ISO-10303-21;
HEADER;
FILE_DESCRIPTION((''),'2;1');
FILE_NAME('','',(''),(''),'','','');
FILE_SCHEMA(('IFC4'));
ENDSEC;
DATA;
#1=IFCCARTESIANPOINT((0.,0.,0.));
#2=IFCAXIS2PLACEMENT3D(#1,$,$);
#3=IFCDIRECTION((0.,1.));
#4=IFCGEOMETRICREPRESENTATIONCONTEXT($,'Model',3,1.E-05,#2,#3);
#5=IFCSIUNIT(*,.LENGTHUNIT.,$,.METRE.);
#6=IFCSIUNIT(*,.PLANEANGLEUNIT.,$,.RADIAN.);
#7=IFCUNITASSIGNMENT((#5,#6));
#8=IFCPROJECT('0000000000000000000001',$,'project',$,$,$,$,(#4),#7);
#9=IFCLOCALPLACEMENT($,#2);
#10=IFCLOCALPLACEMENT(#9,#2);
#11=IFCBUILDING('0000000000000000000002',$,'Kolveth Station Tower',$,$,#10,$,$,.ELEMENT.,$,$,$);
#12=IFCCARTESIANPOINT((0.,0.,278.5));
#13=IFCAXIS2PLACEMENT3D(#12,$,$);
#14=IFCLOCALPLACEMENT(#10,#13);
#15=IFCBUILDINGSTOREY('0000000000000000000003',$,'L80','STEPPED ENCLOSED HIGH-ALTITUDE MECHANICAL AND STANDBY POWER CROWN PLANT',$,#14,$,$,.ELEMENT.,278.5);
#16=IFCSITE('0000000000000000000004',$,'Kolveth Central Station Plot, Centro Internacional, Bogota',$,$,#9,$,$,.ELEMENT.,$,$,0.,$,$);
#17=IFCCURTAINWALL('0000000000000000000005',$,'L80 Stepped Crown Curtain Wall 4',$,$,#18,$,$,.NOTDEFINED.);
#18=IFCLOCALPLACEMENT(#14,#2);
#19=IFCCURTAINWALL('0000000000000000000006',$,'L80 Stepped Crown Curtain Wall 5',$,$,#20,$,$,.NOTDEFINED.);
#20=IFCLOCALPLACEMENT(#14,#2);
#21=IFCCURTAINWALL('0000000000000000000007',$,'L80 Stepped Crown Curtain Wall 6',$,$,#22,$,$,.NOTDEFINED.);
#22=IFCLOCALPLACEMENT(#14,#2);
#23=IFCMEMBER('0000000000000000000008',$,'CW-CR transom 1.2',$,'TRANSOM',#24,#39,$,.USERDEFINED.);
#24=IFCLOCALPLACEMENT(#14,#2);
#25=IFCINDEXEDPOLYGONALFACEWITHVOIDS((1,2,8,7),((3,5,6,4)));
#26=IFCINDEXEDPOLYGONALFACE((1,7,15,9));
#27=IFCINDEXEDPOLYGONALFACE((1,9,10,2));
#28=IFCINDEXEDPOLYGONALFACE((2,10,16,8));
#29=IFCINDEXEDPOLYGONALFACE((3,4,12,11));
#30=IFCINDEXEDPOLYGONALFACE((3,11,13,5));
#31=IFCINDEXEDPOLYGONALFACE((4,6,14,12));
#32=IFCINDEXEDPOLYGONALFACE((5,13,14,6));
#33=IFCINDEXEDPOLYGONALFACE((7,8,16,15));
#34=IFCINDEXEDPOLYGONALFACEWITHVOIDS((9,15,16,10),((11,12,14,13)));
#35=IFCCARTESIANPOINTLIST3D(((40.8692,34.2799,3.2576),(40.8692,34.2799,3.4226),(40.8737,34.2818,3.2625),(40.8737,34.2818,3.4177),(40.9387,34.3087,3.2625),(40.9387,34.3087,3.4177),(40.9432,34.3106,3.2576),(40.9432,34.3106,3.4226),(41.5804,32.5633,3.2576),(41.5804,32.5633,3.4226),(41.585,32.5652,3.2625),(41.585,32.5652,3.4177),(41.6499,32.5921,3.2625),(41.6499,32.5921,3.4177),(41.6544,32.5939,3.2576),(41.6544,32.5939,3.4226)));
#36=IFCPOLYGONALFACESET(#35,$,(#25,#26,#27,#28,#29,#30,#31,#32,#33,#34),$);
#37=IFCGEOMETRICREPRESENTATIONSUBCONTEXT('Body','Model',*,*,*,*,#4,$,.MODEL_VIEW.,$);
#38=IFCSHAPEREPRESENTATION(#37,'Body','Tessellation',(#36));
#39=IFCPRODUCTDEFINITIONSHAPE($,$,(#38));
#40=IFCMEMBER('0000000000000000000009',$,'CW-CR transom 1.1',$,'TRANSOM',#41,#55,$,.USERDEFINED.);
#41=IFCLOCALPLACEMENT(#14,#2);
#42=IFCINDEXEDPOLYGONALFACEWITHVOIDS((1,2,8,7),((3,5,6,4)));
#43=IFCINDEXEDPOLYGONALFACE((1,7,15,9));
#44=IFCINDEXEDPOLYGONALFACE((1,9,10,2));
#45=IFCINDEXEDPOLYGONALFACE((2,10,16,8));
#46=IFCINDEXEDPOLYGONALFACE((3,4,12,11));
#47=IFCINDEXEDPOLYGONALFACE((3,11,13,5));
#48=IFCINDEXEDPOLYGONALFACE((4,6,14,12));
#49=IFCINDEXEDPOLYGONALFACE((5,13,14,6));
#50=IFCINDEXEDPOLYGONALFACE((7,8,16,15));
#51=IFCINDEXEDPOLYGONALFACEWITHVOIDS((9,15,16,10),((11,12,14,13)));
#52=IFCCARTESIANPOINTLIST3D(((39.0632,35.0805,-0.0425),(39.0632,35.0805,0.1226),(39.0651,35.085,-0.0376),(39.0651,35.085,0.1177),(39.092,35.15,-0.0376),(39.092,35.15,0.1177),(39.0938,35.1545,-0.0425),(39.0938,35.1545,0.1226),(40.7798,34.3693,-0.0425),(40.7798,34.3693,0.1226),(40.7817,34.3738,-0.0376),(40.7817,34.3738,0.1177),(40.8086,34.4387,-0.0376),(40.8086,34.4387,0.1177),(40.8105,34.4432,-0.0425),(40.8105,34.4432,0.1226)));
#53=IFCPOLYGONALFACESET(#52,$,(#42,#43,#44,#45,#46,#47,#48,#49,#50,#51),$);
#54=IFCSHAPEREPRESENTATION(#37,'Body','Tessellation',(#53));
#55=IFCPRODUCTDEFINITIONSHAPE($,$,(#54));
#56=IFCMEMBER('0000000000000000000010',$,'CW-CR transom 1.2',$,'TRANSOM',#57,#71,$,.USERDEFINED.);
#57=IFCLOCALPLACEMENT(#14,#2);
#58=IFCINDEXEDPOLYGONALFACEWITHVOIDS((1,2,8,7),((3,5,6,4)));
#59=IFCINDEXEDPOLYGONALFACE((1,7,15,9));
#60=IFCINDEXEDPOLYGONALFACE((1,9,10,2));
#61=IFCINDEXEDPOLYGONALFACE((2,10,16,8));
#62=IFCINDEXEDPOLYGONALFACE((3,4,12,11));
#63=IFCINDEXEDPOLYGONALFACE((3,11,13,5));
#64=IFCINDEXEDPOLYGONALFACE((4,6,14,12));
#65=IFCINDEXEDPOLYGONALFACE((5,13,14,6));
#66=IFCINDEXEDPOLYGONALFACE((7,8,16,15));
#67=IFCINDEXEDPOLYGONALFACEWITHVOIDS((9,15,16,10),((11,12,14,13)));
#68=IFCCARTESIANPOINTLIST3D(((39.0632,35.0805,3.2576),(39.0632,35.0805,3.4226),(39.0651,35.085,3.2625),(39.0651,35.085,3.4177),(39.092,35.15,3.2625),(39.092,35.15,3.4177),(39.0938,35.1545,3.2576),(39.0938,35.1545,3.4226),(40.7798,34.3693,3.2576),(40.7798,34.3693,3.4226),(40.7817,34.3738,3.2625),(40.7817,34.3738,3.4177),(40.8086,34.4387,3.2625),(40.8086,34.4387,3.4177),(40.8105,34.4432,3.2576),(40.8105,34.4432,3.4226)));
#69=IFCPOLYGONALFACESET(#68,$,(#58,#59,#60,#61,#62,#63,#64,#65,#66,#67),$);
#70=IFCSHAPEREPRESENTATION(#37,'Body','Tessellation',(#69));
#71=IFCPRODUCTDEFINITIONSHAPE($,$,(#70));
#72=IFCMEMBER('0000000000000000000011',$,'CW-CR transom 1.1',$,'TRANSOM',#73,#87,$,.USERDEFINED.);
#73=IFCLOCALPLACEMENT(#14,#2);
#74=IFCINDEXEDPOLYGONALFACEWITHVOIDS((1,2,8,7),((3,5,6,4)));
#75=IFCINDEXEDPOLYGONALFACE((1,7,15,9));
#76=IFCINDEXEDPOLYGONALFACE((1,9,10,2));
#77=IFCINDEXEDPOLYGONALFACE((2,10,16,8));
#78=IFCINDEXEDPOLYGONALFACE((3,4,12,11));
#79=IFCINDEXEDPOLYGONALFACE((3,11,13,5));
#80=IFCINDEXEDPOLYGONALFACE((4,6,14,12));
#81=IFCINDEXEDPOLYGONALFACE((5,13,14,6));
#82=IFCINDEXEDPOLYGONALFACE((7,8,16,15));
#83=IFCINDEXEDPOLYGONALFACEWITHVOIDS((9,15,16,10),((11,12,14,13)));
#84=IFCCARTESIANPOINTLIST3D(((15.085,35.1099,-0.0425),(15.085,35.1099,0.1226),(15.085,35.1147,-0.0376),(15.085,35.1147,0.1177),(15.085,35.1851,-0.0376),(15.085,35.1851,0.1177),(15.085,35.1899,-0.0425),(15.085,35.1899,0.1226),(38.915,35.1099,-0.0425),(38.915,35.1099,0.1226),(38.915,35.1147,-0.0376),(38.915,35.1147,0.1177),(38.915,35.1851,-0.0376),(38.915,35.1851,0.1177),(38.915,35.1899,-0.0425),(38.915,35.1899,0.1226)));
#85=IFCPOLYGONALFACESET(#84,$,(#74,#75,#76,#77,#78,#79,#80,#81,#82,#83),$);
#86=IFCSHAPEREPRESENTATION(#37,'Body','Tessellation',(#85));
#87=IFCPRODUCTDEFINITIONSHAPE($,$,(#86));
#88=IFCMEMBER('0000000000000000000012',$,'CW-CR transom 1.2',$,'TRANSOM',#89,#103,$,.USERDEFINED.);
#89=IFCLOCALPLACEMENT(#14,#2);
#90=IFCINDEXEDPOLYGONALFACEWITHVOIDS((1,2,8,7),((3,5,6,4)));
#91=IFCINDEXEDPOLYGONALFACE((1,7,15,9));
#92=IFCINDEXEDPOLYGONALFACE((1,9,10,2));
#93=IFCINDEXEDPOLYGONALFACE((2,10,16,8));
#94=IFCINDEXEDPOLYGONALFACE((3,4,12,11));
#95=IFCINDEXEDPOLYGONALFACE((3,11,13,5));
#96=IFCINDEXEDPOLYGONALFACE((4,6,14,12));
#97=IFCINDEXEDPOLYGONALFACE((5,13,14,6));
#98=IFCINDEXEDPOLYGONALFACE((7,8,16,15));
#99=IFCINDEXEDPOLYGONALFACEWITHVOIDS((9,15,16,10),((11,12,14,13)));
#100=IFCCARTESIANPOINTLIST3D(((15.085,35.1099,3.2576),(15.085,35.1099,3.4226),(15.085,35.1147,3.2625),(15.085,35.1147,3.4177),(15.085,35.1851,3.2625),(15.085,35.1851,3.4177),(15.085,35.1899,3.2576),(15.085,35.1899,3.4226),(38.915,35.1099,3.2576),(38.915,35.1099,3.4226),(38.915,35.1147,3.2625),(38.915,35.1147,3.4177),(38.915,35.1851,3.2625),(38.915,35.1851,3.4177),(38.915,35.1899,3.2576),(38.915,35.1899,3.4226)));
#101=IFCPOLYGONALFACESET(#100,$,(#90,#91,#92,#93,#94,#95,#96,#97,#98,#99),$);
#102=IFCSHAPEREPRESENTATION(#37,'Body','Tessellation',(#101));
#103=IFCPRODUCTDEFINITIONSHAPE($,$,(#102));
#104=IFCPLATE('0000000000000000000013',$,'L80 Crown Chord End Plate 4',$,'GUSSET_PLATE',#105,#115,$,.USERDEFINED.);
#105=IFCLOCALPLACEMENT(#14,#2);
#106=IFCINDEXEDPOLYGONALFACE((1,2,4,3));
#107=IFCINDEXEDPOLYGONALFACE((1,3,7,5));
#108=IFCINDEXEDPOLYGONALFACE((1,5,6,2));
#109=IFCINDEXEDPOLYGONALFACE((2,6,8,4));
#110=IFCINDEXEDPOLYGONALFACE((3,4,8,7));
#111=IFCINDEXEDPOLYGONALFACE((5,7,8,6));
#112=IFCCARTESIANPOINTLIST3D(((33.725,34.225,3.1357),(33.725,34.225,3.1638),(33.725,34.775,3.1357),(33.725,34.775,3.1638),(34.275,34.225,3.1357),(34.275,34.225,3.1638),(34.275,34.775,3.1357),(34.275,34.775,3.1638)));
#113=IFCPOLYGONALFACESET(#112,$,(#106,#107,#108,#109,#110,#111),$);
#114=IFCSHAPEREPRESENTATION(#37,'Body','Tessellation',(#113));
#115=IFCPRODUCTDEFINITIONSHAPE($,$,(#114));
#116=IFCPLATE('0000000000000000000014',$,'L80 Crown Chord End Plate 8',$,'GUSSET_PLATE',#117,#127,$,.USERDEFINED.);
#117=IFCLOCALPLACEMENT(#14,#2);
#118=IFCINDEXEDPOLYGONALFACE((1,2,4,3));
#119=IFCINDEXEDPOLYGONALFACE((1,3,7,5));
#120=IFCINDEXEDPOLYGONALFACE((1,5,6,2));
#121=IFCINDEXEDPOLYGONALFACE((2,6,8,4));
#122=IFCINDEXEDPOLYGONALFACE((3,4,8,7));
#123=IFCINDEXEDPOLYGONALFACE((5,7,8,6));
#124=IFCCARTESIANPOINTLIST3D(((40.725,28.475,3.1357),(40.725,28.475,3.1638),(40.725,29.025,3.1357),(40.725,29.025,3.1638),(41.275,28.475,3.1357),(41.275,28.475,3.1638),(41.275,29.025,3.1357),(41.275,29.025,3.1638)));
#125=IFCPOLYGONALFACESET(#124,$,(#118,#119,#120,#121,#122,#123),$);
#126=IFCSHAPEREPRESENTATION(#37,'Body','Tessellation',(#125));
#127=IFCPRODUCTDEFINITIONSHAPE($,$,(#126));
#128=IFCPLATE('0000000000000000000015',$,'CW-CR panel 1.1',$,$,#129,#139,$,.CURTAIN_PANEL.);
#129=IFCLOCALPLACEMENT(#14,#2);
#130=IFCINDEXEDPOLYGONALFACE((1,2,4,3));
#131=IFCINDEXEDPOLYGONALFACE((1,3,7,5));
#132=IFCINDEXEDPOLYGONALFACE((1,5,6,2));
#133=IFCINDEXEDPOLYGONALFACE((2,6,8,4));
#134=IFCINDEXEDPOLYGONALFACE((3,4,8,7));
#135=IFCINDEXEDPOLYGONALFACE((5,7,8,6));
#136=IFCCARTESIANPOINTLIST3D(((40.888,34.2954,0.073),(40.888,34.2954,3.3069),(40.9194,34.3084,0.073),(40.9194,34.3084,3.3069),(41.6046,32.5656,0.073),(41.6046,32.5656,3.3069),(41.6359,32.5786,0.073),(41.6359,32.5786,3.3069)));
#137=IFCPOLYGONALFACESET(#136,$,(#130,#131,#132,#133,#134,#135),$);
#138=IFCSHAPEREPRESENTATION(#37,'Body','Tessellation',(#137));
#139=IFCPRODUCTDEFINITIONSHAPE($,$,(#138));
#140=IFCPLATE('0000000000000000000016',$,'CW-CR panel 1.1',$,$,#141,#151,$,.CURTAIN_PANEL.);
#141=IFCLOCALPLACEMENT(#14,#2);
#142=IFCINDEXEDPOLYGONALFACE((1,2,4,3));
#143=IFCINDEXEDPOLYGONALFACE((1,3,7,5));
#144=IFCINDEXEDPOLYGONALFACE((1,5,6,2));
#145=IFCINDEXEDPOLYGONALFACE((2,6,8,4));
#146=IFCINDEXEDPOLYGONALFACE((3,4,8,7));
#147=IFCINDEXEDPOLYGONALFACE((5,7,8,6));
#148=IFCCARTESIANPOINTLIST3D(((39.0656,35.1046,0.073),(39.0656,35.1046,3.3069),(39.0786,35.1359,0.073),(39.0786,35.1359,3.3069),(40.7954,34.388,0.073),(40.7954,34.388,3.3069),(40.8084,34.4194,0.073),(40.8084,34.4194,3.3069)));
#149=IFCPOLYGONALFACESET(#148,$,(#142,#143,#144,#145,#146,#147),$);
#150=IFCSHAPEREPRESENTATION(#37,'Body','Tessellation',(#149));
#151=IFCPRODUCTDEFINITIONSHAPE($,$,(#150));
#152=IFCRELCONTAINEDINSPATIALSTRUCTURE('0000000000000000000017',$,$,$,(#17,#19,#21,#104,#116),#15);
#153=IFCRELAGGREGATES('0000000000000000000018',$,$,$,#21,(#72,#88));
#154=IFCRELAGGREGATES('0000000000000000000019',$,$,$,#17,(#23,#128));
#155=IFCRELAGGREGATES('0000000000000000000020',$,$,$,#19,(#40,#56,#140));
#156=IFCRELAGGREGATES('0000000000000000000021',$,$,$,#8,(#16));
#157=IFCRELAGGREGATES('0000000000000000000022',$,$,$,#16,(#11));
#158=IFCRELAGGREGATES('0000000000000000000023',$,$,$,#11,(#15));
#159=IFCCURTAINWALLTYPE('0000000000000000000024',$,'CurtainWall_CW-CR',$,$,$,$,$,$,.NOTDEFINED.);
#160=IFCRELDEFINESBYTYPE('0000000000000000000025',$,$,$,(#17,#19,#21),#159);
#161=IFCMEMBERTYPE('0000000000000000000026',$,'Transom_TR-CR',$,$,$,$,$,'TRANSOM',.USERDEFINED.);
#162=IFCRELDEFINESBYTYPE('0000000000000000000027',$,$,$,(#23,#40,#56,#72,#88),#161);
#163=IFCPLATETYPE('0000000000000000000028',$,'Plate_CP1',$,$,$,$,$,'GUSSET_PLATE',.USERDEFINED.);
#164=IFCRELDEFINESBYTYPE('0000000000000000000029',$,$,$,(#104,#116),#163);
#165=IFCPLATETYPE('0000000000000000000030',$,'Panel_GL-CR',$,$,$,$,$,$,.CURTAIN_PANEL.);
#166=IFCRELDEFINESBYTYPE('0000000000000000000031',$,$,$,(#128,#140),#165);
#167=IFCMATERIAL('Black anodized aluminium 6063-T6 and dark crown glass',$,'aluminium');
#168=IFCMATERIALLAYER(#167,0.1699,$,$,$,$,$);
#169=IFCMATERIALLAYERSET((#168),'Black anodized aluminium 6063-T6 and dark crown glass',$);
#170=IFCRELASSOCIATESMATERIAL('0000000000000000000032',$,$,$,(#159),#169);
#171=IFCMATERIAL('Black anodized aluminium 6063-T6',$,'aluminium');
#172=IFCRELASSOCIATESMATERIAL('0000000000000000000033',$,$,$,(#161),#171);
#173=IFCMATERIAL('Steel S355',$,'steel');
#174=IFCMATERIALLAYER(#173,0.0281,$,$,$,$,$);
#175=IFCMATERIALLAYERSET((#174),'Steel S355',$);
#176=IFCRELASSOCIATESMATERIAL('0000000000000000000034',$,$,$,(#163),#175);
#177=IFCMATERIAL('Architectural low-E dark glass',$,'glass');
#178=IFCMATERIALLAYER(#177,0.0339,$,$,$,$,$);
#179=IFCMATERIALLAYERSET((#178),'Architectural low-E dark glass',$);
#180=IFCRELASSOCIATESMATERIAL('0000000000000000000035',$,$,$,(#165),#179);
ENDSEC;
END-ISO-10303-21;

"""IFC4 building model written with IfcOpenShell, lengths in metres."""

from ifc_helpers import new_model, si_unit, direction, frame, origin, origin_2d, place, context, subcontext, project, spatial, rectangle, hollow_rectangle, extrude, source, transform, mapped, material, layer, layer_set, material_profile, profile_set, type_object, element, aggregate, save


model = new_model("IFC4")

# Units and contexts
model_context = context("Model", 3, precision=1e-05, world=origin(), true_north=direction((0.0, 1.0)))
body_context = subcontext(model_context, "Body", "Model", "MODEL_VIEW")
ifc_project = project(units=[si_unit("LENGTHUNIT", "METRE"), si_unit("PLANEANGLEUNIT", "RADIAN")], contexts=[model_context])

# Site, building, storey
site_placement = place(None, origin())
site = spatial("IfcSite", under=ifc_project, at=site_placement, Name="Kolveth Central Station Plot, Centro Internacional, Bogota", CompositionType="ELEMENT", RefElevation=0.0)
building_placement = place(site_placement, origin())
building = spatial("IfcBuilding", under=site, at=building_placement, Name="Kolveth Station Tower", CompositionType="ELEMENT")
storey_placement = place(building_placement, frame((0.0, 0.0, 278.5)))
storey = spatial("IfcBuildingStorey", under=building, at=storey_placement, Name="L80", Description="STEPPED ENCLOSED HIGH-ALTITUDE MECHANICAL AND STANDBY POWER CROWN PLANT", CompositionType="ELEMENT", Elevation=278.5)

# Shared definitions
ifc_material_1 = material(Name="Steel S355", Category="steel")

# Shared definitions
ifc_material_2 = material(Name="Black anodized aluminium 6063-T6 and dark crown glass", Category="aluminium")
ifc_layer_1 = layer(ifc_material_2, 0.1699)
ifc_layer_set_1 = layer_set([ifc_layer_1], Name="Black anodized aluminium 6063-T6 and dark crown glass")
curtain_wall_type = type_object("IfcCurtainWallType", Name="CurtainWall_CW-CR", PredefinedType="NOTDEFINED", material=ifc_layer_set_1)
ifc_material_3 = material(Name="Black anodized aluminium 6063-T6", Category="aluminium")

# Curtain walls
curtain_wall_1_placement = place(storey_placement, origin())
curtain_wall_1 = element("IfcCurtainWall", 1, at=curtain_wall_1_placement, inside=storey, type_object=curtain_wall_type, Name="L80 Stepped Crown Curtain Wall 4", PredefinedType="NOTDEFINED")
curtain_wall_2_placement = place(storey_placement, origin())
curtain_wall_2 = element("IfcCurtainWall", 2, at=curtain_wall_2_placement, inside=storey, type_object=curtain_wall_type, Name="L80 Stepped Crown Curtain Wall 5", PredefinedType="NOTDEFINED")

# Curtain wall
curtain_wall_3_placement = place(storey_placement, origin())
curtain_wall_3 = element("IfcCurtainWall", 3, at=curtain_wall_3_placement, inside=storey, type_object=curtain_wall_type, Name="L80 Stepped Crown Curtain Wall 6", PredefinedType="NOTDEFINED")

# Members
ifc_material_profile_1 = material_profile(ifc_material_3, hollow_rectangle(XDim=0.0801, YDim=0.165, WallThickness=0.0049, at=origin_2d()), Name="ALU-80x165x5")
ifc_profile_set_1 = profile_set([ifc_material_profile_1], Name="Black anodized aluminium 6063-T6")
member_type_1 = type_object("IfcMemberType", Name="Transom_TR-CR", ElementType="TRANSOM", PredefinedType="USERDEFINED", material=ifc_profile_set_1)
shared_shape_1 = source(origin(), body_context, "Body", "SweptSolid", [
    extrude(hollow_rectangle(XDim=0.0801, YDim=0.165, WallThickness=0.0049, at=origin_2d()), origin(), (0.0, 0.0, 1.0), 1.8582),
])
member_1_placement = place(storey_placement, frame((41.6174, 32.5786, 3.3401), z_axis=(-0.382758, 0.923849, 0.0), x_axis=(-0.923849, -0.382758, 0.0)))
member_1 = element("IfcMember", 4, at=member_1_placement, type_object=member_type_1, Name="CW-CR transom 1.2", ObjectType="TRANSOM", PredefinedType="USERDEFINED", context=body_context, shape_type="MappedRepresentation", body=[
    mapped(shared_shape_1, transform((0.0, 0.0, 0.0), x_axis=(1.0, 0.0, 0.0), y_axis=(0.0, 1.0, 0.0), z_axis=(0.0, 0.0, 1.0), scale=1.0)),
])
member_2_placement = place(storey_placement, frame((40.7952, 34.4062, 0.04), z_axis=(-0.923849, 0.382758, 0.0), x_axis=(-0.382758, -0.923849, 0.0)))
member_2 = element("IfcMember", 5, at=member_2_placement, type_object=member_type_1, Name="CW-CR transom 1.1", ObjectType="TRANSOM", PredefinedType="USERDEFINED", context=body_context, shape_type="MappedRepresentation", body=[
    mapped(shared_shape_1, transform((0.0, 0.0, 0.0), x_axis=(1.0, 0.0, 0.0), y_axis=(0.0, 1.0, 0.0), z_axis=(0.0, 0.0, 1.0), scale=1.0)),
])
member_3_placement = place(storey_placement, frame((40.7952, 34.4062, 3.3401), z_axis=(-0.923849, 0.382758, 0.0), x_axis=(-0.382758, -0.923849, 0.0)))
member_3 = element("IfcMember", 6, at=member_3_placement, type_object=member_type_1, Name="CW-CR transom 1.2", ObjectType="TRANSOM", PredefinedType="USERDEFINED", context=body_context, shape_type="MappedRepresentation", body=[
    mapped(shared_shape_1, transform((0.0, 0.0, 0.0), x_axis=(1.0, 0.0, 0.0), y_axis=(0.0, 1.0, 0.0), z_axis=(0.0, 0.0, 1.0), scale=1.0)),
])
shared_shape_2 = source(origin(), body_context, "Body", "SweptSolid", [
    extrude(hollow_rectangle(XDim=0.0801, YDim=0.165, WallThickness=0.0049, at=origin_2d()), origin(), (0.0, 0.0, 1.0), 23.8301),
])
member_4_placement = place(storey_placement, frame((38.915, 35.1499, 0.04), z_axis=(-1.0, 0.0, 0.0), x_axis=(0.0, -1.0, 0.0)))
member_4 = element("IfcMember", 7, at=member_4_placement, type_object=member_type_1, Name="CW-CR transom 1.1", ObjectType="TRANSOM", PredefinedType="USERDEFINED", context=body_context, shape_type="MappedRepresentation", body=[
    mapped(shared_shape_2, transform((0.0, 0.0, 0.0), x_axis=(1.0, 0.0, 0.0), y_axis=(0.0, 1.0, 0.0), z_axis=(0.0, 0.0, 1.0), scale=1.0)),
])
member_5_placement = place(storey_placement, frame((38.915, 35.1499, 3.3401), z_axis=(-1.0, 0.0, 0.0), x_axis=(0.0, -1.0, 0.0)))
member_5 = element("IfcMember", 8, at=member_5_placement, type_object=member_type_1, Name="CW-CR transom 1.2", ObjectType="TRANSOM", PredefinedType="USERDEFINED", context=body_context, shape_type="MappedRepresentation", body=[
    mapped(shared_shape_2, transform((0.0, 0.0, 0.0), x_axis=(1.0, 0.0, 0.0), y_axis=(0.0, 1.0, 0.0), z_axis=(0.0, 0.0, 1.0), scale=1.0)),
])
aggregate(curtain_wall_3, [member_4, member_5])

# Plates
ifc_layer_2 = layer(ifc_material_1, 0.0281)
ifc_layer_set_2 = layer_set([ifc_layer_2], Name="Steel S355")
plate_type_1 = type_object("IfcPlateType", Name="Plate_CP1", ElementType="GUSSET_PLATE", PredefinedType="USERDEFINED", material=ifc_layer_set_2)
shared_shape_3 = source(origin(), body_context, "Body", "SweptSolid", [
    extrude(rectangle(XDim=0.55, YDim=0.55, at=origin_2d()), origin(), (0.0, 0.0, 1.0), 0.0281),
])
for number, where, z_axis, x_axis, name in (
    (9, (34.0, 34.5, 3.1357), (0.0, 0.0, 1.0), (1.0, 0.0, 0.0), "L80 Crown Chord End Plate 4"),
    (10, (41.0, 28.75, 3.1357), (0.0, 0.0, 1.0), (1.0, 0.0, 0.0), "L80 Crown Chord End Plate 8"),
):
    element("IfcPlate", number, at=place(storey_placement, frame(where, z_axis=z_axis, x_axis=x_axis)), inside=storey, type_object=plate_type_1, Name=name, ObjectType="GUSSET_PLATE", PredefinedType="USERDEFINED", context=body_context, shape_type="MappedRepresentation", body=[
        mapped(shared_shape_3, transform((0.0, 0.0, 0.0), x_axis=(1.0, 0.0, 0.0), y_axis=(0.0, 1.0, 0.0), z_axis=(0.0, 0.0, 1.0), scale=1.0)),
    ])

# Plates
ifc_material_4 = material(Name="Architectural low-E dark glass", Category="glass")
ifc_layer_3 = layer(ifc_material_4, 0.0339)
ifc_layer_set_3 = layer_set([ifc_layer_3], Name="Architectural low-E dark glass")
plate_type_2 = type_object("IfcPlateType", Name="Panel_GL-CR", PredefinedType="CURTAIN_PANEL", material=ifc_layer_set_3)
shared_shape_4 = source(origin(), body_context, "Body", "SweptSolid", [
    extrude(rectangle(XDim=1.8723, YDim=0.0339, at=origin_2d()), origin(), (0.0, 0.0, 1.0), 3.2339),
])
plate_1_placement = place(storey_placement, frame((41.262, 33.437, 0.073), z_axis=(0.0, 0.0, 1.0), x_axis=(-0.382703, 0.923871, 0.0)))
plate_1 = element("IfcPlate", 11, at=plate_1_placement, type_object=plate_type_2, Name="CW-CR panel 1.1", PredefinedType="CURTAIN_PANEL", context=body_context, shape_type="MappedRepresentation", body=[
    mapped(shared_shape_4, transform((0.0, 0.0, 0.0), x_axis=(1.0, 0.0, 0.0), y_axis=(0.0, 1.0, 0.0), z_axis=(0.0, 0.0, 1.0), scale=1.0)),
])
aggregate(curtain_wall_1, [member_1, plate_1])
plate_2_placement = place(storey_placement, frame((39.937, 34.762, 0.073), z_axis=(0.0, 0.0, 1.0), x_axis=(-0.923871, 0.382703, 0.0)))
plate_2 = element("IfcPlate", 12, at=plate_2_placement, type_object=plate_type_2, Name="CW-CR panel 1.1", PredefinedType="CURTAIN_PANEL", context=body_context, shape_type="MappedRepresentation", body=[
    mapped(shared_shape_4, transform((0.0, 0.0, 0.0), x_axis=(1.0, 0.0, 0.0), y_axis=(0.0, 1.0, 0.0), z_axis=(0.0, 0.0, 1.0), scale=1.0)),
])
aggregate(curtain_wall_2, [member_2, member_3, plate_2])

save(model, "model.ifc")
